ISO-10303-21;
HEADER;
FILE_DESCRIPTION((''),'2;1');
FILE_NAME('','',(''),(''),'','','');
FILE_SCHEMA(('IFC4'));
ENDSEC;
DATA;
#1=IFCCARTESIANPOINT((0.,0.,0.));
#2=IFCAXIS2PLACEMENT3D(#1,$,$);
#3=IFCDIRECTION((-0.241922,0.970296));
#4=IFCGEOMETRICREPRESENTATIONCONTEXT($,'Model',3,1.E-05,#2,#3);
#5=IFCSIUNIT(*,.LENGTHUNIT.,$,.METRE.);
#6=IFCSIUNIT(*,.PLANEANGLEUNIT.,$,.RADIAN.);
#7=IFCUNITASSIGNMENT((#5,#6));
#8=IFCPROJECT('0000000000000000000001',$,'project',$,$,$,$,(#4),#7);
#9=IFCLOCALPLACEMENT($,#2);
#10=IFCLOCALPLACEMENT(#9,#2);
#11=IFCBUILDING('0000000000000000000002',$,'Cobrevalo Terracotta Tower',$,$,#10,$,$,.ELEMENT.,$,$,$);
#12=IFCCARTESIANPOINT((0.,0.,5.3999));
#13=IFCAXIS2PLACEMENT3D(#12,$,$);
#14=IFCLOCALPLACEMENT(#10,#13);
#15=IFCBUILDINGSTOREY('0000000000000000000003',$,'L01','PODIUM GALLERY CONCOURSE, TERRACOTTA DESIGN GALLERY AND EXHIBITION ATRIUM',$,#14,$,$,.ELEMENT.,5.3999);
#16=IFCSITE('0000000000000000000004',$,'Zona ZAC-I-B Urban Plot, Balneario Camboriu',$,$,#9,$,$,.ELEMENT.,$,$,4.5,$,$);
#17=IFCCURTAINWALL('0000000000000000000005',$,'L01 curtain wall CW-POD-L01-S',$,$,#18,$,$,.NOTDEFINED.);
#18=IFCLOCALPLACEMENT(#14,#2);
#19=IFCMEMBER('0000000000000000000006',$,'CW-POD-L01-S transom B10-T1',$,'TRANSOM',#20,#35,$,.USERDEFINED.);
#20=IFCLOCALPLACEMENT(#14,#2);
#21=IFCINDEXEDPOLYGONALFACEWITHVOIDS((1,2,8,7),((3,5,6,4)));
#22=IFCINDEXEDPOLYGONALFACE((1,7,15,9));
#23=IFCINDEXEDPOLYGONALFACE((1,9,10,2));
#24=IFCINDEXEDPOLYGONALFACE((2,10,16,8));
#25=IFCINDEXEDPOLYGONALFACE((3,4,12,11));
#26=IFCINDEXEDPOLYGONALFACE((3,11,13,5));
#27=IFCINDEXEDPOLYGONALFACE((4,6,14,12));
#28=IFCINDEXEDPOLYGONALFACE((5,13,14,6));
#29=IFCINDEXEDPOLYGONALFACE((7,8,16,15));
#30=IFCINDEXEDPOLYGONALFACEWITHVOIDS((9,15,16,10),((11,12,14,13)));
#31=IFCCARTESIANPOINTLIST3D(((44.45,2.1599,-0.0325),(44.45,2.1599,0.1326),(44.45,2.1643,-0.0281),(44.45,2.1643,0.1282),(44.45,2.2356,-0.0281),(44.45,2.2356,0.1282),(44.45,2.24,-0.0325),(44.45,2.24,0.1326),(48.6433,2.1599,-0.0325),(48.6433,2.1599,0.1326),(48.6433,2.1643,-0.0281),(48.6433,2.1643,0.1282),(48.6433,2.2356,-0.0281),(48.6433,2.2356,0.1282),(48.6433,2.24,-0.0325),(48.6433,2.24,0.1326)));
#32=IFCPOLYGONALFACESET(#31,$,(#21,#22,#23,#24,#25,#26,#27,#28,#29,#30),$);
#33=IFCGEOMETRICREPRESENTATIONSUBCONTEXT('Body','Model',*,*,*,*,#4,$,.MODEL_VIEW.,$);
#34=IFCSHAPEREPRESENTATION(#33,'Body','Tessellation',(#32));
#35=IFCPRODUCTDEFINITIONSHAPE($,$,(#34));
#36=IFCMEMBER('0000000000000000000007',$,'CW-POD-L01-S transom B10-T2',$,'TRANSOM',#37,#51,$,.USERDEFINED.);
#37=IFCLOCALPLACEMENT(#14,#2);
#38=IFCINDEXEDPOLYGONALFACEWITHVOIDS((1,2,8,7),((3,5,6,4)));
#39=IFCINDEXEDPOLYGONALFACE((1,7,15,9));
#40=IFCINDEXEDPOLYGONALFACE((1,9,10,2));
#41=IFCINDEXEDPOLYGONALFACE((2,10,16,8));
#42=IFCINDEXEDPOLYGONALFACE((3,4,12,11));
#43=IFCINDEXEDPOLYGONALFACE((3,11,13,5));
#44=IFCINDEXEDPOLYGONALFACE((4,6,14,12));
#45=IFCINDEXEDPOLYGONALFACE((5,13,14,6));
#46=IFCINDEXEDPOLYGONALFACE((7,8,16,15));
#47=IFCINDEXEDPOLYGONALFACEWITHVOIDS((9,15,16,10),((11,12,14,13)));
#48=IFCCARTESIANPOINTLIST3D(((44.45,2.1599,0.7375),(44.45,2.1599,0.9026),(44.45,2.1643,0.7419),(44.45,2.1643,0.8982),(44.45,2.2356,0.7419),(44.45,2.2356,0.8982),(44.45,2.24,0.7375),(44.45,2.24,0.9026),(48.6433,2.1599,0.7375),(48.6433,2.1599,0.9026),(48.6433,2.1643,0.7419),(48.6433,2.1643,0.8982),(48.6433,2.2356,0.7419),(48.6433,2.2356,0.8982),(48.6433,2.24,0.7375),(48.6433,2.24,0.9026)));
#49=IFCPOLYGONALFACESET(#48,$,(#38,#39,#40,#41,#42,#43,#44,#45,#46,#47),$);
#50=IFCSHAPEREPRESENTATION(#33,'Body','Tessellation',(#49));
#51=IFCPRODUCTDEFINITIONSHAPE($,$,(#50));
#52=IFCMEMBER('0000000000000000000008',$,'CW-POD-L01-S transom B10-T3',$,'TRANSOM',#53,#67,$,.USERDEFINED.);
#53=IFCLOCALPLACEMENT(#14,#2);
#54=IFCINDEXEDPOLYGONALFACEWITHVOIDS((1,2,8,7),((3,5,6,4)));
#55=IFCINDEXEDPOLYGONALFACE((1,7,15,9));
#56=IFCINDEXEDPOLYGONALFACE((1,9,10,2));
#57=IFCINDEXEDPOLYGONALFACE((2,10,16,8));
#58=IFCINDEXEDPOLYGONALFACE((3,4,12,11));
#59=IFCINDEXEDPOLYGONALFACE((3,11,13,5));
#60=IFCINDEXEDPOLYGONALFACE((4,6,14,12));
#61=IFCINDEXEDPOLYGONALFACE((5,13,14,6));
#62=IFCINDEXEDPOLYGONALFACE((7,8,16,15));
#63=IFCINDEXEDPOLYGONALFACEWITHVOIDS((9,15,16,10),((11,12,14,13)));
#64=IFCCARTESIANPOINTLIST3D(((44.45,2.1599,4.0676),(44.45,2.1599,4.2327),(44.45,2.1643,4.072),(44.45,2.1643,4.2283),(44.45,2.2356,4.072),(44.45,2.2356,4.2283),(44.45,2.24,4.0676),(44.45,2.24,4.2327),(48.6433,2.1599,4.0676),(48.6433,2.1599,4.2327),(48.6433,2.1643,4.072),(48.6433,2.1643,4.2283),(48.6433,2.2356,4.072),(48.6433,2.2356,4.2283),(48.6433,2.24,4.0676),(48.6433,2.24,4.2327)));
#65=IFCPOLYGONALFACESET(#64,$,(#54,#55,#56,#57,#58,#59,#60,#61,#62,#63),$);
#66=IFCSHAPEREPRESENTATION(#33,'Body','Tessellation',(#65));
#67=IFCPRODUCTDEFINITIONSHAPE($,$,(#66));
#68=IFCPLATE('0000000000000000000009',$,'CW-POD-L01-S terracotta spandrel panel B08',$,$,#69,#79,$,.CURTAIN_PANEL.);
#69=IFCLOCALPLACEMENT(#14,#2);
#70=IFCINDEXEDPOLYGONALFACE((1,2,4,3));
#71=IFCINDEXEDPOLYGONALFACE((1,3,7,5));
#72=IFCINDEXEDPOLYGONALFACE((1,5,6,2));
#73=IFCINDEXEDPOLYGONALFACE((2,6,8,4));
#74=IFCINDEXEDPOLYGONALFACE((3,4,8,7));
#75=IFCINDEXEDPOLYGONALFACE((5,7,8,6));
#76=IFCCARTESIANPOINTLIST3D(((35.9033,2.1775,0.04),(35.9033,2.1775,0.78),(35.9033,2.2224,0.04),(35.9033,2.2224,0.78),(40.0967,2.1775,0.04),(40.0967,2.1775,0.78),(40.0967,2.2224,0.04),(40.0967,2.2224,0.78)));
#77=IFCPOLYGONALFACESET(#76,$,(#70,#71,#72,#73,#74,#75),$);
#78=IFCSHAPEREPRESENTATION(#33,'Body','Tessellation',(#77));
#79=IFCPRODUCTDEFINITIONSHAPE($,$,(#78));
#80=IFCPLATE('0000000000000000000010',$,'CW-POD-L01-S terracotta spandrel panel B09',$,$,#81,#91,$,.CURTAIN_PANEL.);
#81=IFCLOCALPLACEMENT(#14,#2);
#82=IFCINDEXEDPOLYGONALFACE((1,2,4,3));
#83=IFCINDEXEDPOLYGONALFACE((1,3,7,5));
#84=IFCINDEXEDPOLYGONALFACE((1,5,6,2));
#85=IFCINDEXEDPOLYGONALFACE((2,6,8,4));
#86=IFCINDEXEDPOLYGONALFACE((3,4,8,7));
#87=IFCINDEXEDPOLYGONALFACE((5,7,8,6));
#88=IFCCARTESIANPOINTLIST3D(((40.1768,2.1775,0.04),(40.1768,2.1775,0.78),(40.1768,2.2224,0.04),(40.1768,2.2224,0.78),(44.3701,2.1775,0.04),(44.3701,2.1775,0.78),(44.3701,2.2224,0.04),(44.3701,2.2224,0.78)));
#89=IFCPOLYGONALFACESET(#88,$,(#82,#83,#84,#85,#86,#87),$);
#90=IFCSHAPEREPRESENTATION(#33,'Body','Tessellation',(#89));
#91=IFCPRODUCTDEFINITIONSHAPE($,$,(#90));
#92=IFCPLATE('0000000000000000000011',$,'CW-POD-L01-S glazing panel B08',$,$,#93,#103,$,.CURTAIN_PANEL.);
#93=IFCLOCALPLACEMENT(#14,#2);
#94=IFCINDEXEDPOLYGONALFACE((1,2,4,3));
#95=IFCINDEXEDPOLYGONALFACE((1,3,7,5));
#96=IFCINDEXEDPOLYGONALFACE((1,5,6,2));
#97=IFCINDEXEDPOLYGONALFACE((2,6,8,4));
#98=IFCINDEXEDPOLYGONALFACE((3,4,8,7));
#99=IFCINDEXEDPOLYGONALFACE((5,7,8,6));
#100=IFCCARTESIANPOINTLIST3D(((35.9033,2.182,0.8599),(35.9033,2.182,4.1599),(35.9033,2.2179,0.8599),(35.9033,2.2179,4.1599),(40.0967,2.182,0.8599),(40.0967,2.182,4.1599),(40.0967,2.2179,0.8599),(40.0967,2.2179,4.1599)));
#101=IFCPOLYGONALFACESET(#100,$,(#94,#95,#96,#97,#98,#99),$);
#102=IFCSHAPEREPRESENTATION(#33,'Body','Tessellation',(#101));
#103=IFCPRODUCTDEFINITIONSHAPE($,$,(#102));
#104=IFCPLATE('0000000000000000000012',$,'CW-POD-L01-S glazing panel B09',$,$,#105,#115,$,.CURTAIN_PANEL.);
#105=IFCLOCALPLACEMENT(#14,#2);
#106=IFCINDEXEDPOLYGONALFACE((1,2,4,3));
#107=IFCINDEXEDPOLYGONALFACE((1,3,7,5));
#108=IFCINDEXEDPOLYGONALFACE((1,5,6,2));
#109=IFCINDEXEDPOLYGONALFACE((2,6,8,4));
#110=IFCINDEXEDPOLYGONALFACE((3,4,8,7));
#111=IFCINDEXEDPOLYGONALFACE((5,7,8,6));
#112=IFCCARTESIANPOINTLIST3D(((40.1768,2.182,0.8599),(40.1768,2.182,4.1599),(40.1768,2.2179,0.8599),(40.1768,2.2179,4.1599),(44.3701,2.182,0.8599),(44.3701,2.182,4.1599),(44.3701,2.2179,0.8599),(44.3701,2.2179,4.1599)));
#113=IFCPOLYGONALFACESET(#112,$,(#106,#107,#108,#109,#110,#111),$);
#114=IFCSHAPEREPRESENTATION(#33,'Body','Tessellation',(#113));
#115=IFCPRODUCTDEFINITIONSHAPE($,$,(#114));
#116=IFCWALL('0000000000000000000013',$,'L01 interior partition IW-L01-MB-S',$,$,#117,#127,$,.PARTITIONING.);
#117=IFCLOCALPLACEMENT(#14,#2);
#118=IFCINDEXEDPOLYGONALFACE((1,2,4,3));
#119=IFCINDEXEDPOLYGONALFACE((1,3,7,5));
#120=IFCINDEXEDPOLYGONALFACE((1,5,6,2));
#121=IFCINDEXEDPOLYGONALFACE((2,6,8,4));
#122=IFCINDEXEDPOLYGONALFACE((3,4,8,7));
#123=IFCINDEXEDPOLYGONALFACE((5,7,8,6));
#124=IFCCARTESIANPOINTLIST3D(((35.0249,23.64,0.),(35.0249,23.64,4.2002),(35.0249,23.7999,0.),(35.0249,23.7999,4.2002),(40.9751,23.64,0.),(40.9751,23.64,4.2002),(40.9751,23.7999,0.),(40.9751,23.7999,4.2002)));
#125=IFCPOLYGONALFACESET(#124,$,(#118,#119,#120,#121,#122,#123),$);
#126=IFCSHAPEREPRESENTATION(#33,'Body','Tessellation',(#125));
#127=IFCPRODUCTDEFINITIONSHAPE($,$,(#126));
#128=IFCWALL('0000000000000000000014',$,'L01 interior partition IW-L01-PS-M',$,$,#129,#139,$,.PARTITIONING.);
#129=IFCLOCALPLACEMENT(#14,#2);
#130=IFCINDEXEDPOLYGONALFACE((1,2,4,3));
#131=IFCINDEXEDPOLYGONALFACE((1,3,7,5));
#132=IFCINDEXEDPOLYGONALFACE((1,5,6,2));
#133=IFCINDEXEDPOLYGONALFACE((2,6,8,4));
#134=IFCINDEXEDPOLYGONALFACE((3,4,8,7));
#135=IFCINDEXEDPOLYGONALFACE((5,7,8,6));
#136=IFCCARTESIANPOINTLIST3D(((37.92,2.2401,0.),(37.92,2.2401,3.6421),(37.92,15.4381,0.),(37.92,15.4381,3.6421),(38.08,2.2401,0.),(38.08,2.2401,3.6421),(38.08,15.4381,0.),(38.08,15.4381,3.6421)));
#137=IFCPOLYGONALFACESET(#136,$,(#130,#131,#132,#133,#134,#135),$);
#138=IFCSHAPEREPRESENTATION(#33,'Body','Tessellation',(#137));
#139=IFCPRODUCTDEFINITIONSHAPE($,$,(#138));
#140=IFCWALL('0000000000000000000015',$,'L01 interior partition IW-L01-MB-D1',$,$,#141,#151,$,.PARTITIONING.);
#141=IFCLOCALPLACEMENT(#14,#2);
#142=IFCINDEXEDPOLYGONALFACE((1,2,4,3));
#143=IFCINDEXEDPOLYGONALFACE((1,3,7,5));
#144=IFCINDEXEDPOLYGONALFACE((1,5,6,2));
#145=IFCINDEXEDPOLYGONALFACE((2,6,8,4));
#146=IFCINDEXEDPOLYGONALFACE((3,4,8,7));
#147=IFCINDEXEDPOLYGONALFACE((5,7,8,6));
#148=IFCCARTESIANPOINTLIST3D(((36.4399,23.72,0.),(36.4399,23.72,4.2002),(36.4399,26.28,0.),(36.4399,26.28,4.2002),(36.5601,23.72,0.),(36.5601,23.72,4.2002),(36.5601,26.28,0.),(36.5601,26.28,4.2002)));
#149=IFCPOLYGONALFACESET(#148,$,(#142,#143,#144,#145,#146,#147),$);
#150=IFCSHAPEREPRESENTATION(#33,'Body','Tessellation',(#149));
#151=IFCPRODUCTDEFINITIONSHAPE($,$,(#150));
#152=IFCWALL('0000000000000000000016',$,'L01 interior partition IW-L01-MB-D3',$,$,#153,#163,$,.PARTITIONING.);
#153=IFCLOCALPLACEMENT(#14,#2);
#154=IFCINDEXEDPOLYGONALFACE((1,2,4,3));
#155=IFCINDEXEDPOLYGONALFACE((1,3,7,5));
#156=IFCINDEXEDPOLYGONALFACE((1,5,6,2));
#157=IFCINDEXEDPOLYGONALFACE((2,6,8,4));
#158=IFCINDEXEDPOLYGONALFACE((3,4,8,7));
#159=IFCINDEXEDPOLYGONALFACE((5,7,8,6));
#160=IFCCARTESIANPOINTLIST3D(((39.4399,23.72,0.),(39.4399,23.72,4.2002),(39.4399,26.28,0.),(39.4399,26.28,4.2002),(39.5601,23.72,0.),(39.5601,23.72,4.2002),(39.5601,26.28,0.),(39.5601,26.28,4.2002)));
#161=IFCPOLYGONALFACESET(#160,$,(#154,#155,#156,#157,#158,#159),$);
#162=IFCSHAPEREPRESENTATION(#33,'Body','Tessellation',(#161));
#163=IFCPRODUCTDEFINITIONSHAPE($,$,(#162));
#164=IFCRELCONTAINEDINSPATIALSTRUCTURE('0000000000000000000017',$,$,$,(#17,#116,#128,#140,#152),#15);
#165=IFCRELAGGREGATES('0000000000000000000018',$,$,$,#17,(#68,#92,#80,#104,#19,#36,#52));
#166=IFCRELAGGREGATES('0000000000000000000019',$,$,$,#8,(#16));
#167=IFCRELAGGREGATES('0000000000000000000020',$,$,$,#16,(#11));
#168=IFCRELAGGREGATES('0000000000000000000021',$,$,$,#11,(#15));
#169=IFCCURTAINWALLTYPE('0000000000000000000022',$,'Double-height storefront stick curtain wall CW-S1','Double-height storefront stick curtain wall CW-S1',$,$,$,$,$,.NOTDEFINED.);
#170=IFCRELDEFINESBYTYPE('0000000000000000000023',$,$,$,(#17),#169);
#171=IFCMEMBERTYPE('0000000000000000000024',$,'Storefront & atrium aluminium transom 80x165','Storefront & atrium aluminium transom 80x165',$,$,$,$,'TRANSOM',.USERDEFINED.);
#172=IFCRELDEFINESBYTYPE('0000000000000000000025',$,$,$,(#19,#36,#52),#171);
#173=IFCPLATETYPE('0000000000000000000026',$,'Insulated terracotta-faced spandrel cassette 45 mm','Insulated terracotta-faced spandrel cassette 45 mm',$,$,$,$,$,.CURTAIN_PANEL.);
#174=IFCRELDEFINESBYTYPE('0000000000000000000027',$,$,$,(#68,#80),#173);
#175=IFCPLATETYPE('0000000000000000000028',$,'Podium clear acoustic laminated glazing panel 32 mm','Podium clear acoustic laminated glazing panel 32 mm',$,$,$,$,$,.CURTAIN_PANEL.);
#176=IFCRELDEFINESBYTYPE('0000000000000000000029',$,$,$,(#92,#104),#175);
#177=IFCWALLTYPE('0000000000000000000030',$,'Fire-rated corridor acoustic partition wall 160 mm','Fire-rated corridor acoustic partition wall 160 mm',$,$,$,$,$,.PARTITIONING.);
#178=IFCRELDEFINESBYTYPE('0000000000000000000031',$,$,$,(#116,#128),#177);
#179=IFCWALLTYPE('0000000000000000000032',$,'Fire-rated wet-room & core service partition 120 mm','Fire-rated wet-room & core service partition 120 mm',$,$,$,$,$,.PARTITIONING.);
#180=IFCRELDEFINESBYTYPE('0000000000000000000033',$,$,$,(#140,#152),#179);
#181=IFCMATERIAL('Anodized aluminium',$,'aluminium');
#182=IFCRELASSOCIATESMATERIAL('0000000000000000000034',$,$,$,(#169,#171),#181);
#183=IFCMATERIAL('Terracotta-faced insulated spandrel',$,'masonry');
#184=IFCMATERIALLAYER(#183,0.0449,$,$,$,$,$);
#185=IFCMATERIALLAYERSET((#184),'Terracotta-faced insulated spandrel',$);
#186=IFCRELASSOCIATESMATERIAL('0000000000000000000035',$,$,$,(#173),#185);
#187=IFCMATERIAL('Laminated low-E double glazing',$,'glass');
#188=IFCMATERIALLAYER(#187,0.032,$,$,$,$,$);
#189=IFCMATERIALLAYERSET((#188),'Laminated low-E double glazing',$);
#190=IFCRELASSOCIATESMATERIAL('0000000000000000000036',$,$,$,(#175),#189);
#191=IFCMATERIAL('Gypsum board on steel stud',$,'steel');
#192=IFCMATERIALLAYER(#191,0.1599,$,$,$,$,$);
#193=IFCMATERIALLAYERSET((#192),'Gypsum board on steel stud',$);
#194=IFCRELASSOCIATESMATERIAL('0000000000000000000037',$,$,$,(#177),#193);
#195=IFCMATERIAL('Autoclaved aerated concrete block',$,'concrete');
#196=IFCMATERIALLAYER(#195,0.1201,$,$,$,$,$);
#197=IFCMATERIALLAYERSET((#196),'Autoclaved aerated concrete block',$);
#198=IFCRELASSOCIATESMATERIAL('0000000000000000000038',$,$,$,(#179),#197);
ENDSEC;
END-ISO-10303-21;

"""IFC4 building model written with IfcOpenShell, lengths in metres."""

from ifc_helpers import new_model, si_unit, direction, frame, frame_2d, origin, origin_2d, place, context, subcontext, project, spatial, rectangle, hollow_rectangle, extrude, source, transform, mapped, material, layer, layer_set, material_profile, profile_set, type_object, element, aggregate, save


model = new_model("IFC4")

# Units and contexts
model_context = context("Model", 3, precision=1e-05, world=origin(), true_north=direction((-0.241922, 0.970296)))
body_context = subcontext(model_context, "Body", "Model", "MODEL_VIEW")
ifc_project = project(units=[si_unit("LENGTHUNIT", "METRE"), si_unit("PLANEANGLEUNIT", "RADIAN")], contexts=[model_context])

# Site, building, storey
site_placement = place(None, origin())
site = spatial("IfcSite", under=ifc_project, at=site_placement, Name="Zona ZAC-I-B Urban Plot, Balneario Camboriu", CompositionType="ELEMENT", RefElevation=4.5)
building_placement = place(site_placement, origin())
building = spatial("IfcBuilding", under=site, at=building_placement, Name="Cobrevalo Terracotta Tower", CompositionType="ELEMENT")
storey_placement = place(building_placement, frame((0.0, 0.0, 5.3999)))
storey = spatial("IfcBuildingStorey", under=building, at=storey_placement, Name="L01", Description="PODIUM GALLERY CONCOURSE, TERRACOTTA DESIGN GALLERY AND EXHIBITION ATRIUM", CompositionType="ELEMENT", Elevation=5.3999)

# Curtain wall, members, plates
ifc_material_1 = material(Name="Anodized aluminium", Category="aluminium")
curtain_wall_type = type_object("IfcCurtainWallType", Name="Double-height storefront stick curtain wall CW-S1", Description="Double-height storefront stick curtain wall CW-S1", PredefinedType="NOTDEFINED", material=ifc_material_1)
curtain_wall_placement = place(storey_placement, origin())
curtain_wall = element("IfcCurtainWall", 1, at=curtain_wall_placement, inside=storey, type_object=curtain_wall_type, Name="L01 curtain wall CW-POD-L01-S", PredefinedType="NOTDEFINED")
ifc_material_profile_1 = material_profile(ifc_material_1, hollow_rectangle(XDim=0.0801, YDim=0.165, WallThickness=0.0044, at=origin_2d()), Name="CWT 80x165")
ifc_profile_set_1 = profile_set([ifc_material_profile_1], Name="Anodized aluminium")
member_type_1 = type_object("IfcMemberType", Name="Storefront & atrium aluminium transom 80x165", Description="Storefront & atrium aluminium transom 80x165", ElementType="TRANSOM", PredefinedType="USERDEFINED", material=ifc_profile_set_1)
shared_shape_1 = source(origin(), body_context, "Body", "SweptSolid", [
    extrude(hollow_rectangle(XDim=0.0801, YDim=0.165, WallThickness=0.0044, at=origin_2d()), origin(), (0.0, 0.0, 1.0), 4.1934),
])
member_1_placement = place(storey_placement, frame((44.45, 2.2, 0.05), z_axis=(1.0, 0.0, 0.0), x_axis=(0.0, 1.0, 0.0)))
member_1 = element("IfcMember", 2, at=member_1_placement, type_object=member_type_1, Name="CW-POD-L01-S transom B10-T1", ObjectType="TRANSOM", PredefinedType="USERDEFINED", context=body_context, shape_type="MappedRepresentation", body=[
    mapped(shared_shape_1, transform((0.0, 0.0, 0.0), scale=1.0)),
])
member_2_placement = place(storey_placement, frame((44.45, 2.2, 0.8201), z_axis=(1.0, 0.0, 0.0), x_axis=(0.0, 1.0, 0.0)))
member_2 = element("IfcMember", 3, at=member_2_placement, type_object=member_type_1, Name="CW-POD-L01-S transom B10-T2", ObjectType="TRANSOM", PredefinedType="USERDEFINED", context=body_context, shape_type="MappedRepresentation", body=[
    mapped(shared_shape_1, transform((0.0, 0.0, 0.0), scale=1.0)),
])
member_3_placement = place(storey_placement, frame((44.45, 2.2, 4.1501), z_axis=(1.0, 0.0, 0.0), x_axis=(0.0, 1.0, 0.0)))
member_3 = element("IfcMember", 4, at=member_3_placement, type_object=member_type_1, Name="CW-POD-L01-S transom B10-T3", ObjectType="TRANSOM", PredefinedType="USERDEFINED", context=body_context, shape_type="MappedRepresentation", body=[
    mapped(shared_shape_1, transform((0.0, 0.0, 0.0), scale=1.0)),
])
ifc_material_2 = material(Name="Terracotta-faced insulated spandrel", Category="masonry")
ifc_layer_1 = layer(ifc_material_2, 0.0449)
ifc_layer_set_1 = layer_set([ifc_layer_1], Name="Terracotta-faced insulated spandrel")
plate_type_1 = type_object("IfcPlateType", Name="Insulated terracotta-faced spandrel cassette 45 mm", Description="Insulated terracotta-faced spandrel cassette 45 mm", PredefinedType="CURTAIN_PANEL", material=ifc_layer_set_1)
shared_shape_2 = source(origin(), body_context, "Body", "SweptSolid", [
    extrude(rectangle(XDim=4.1934, YDim=0.0449, at=origin_2d()), origin(), (0.0, 0.0, 1.0), 0.74),
])
plate_1_placement = place(storey_placement, frame((38.0, 2.2, 0.04), z_axis=(0.0, 0.0, 1.0), x_axis=(1.0, 0.0, 0.0)))
plate_1 = element("IfcPlate", 5, at=plate_1_placement, type_object=plate_type_1, Name="CW-POD-L01-S terracotta spandrel panel B08", PredefinedType="CURTAIN_PANEL", context=body_context, shape_type="MappedRepresentation", body=[
    mapped(shared_shape_2, transform((0.0, 0.0, 0.0), scale=1.0)),
])
plate_2_placement = place(storey_placement, frame((42.2734, 2.2, 0.04), z_axis=(0.0, 0.0, 1.0), x_axis=(1.0, 0.0, 0.0)))
plate_2 = element("IfcPlate", 6, at=plate_2_placement, type_object=plate_type_1, Name="CW-POD-L01-S terracotta spandrel panel B09", PredefinedType="CURTAIN_PANEL", context=body_context, shape_type="MappedRepresentation", body=[
    mapped(shared_shape_2, transform((0.0, 0.0, 0.0), scale=1.0)),
])
ifc_material_3 = material(Name="Laminated low-E double glazing", Category="glass")
ifc_layer_2 = layer(ifc_material_3, 0.032)
ifc_layer_set_2 = layer_set([ifc_layer_2], Name="Laminated low-E double glazing")
plate_type_2 = type_object("IfcPlateType", Name="Podium clear acoustic laminated glazing panel 32 mm", Description="Podium clear acoustic laminated glazing panel 32 mm", PredefinedType="CURTAIN_PANEL", material=ifc_layer_set_2)
shared_shape_3 = source(origin(), body_context, "Body", "SweptSolid", [
    extrude(rectangle(XDim=4.1934, YDim=0.0359, at=origin_2d()), origin(), (0.0, 0.0, 1.0), 3.3),
])
plate_3_placement = place(storey_placement, frame((38.0, 2.2, 0.8599), z_axis=(0.0, 0.0, 1.0), x_axis=(1.0, 0.0, 0.0)))
plate_3 = element("IfcPlate", 7, at=plate_3_placement, type_object=plate_type_2, Name="CW-POD-L01-S glazing panel B08", PredefinedType="CURTAIN_PANEL", context=body_context, shape_type="MappedRepresentation", body=[
    mapped(shared_shape_3, transform((0.0, 0.0, 0.0), scale=1.0)),
])
plate_4_placement = place(storey_placement, frame((42.2734, 2.2, 0.8599), z_axis=(0.0, 0.0, 1.0), x_axis=(1.0, 0.0, 0.0)))
plate_4 = element("IfcPlate", 8, at=plate_4_placement, type_object=plate_type_2, Name="CW-POD-L01-S glazing panel B09", PredefinedType="CURTAIN_PANEL", context=body_context, shape_type="MappedRepresentation", body=[
    mapped(shared_shape_3, transform((0.0, 0.0, 0.0), scale=1.0)),
])
aggregate(curtain_wall, [plate_1, plate_3, plate_2, plate_4, member_1, member_2, member_3])

# Walls
ifc_material_4 = material(Name="Gypsum board on steel stud", Category="steel")
ifc_layer_3 = layer(ifc_material_4, 0.1599)
ifc_layer_set_3 = layer_set([ifc_layer_3], Name="Gypsum board on steel stud")
wall_type_1 = type_object("IfcWallType", Name="Fire-rated corridor acoustic partition wall 160 mm", Description="Fire-rated corridor acoustic partition wall 160 mm", PredefinedType="PARTITIONING", material=ifc_layer_set_3)
wall_1_placement = place(storey_placement, frame((35.0249, 23.72, 0.0), z_axis=(0.0, 0.0, 1.0), x_axis=(1.0, 0.0, 0.0)))
element("IfcWall", 9, at=wall_1_placement, inside=storey, type_object=wall_type_1, Name="L01 interior partition IW-L01-MB-S", PredefinedType="PARTITIONING", context=body_context, shape_type="SweptSolid", body=[
    extrude(rectangle(XDim=5.9502, YDim=0.1599, at=frame_2d((2.9751, 0.0))), origin(), (0.0, 0.0, 1.0), 4.2002),
])
wall_2_placement = place(storey_placement, frame((38.0, 2.24, 0.0), z_axis=(0.0, 0.0, 1.0), x_axis=(0.0, 1.0, 0.0)))
element("IfcWall", 10, at=wall_2_placement, inside=storey, type_object=wall_type_1, Name="L01 interior partition IW-L01-PS-M", PredefinedType="PARTITIONING", context=body_context, shape_type="SweptSolid", body=[
    extrude(rectangle(XDim=13.198, YDim=0.1599, at=frame_2d((6.5991, 0.0))), origin(), (0.0, 0.0, 1.0), 3.6421),
])
ifc_material_5 = material(Name="Autoclaved aerated concrete block", Category="concrete")
ifc_layer_4 = layer(ifc_material_5, 0.1201)
ifc_layer_set_4 = layer_set([ifc_layer_4], Name="Autoclaved aerated concrete block")
wall_type_2 = type_object("IfcWallType", Name="Fire-rated wet-room & core service partition 120 mm", Description="Fire-rated wet-room & core service partition 120 mm", PredefinedType="PARTITIONING", material=ifc_layer_set_4)
for number, where, z_axis, x_axis, name in (
    (11, (36.5, 23.72, 0.0), (0.0, 0.0, 1.0), (0.0, 1.0, 0.0), "L01 interior partition IW-L01-MB-D1"),
    (12, (39.5, 23.72, 0.0), (0.0, 0.0, 1.0), (0.0, 1.0, 0.0), "L01 interior partition IW-L01-MB-D3"),
):
    element("IfcWall", number, at=place(storey_placement, frame(where, z_axis=z_axis, x_axis=x_axis)), inside=storey, type_object=wall_type_2, Name=name, PredefinedType="PARTITIONING", context=body_context, shape_type="SweptSolid", body=[
        extrude(rectangle(XDim=2.5601, YDim=0.1201, at=frame_2d((1.28, 0.0))), origin(), (0.0, 0.0, 1.0), 4.2002),
    ])

save(model, "model.ifc")
